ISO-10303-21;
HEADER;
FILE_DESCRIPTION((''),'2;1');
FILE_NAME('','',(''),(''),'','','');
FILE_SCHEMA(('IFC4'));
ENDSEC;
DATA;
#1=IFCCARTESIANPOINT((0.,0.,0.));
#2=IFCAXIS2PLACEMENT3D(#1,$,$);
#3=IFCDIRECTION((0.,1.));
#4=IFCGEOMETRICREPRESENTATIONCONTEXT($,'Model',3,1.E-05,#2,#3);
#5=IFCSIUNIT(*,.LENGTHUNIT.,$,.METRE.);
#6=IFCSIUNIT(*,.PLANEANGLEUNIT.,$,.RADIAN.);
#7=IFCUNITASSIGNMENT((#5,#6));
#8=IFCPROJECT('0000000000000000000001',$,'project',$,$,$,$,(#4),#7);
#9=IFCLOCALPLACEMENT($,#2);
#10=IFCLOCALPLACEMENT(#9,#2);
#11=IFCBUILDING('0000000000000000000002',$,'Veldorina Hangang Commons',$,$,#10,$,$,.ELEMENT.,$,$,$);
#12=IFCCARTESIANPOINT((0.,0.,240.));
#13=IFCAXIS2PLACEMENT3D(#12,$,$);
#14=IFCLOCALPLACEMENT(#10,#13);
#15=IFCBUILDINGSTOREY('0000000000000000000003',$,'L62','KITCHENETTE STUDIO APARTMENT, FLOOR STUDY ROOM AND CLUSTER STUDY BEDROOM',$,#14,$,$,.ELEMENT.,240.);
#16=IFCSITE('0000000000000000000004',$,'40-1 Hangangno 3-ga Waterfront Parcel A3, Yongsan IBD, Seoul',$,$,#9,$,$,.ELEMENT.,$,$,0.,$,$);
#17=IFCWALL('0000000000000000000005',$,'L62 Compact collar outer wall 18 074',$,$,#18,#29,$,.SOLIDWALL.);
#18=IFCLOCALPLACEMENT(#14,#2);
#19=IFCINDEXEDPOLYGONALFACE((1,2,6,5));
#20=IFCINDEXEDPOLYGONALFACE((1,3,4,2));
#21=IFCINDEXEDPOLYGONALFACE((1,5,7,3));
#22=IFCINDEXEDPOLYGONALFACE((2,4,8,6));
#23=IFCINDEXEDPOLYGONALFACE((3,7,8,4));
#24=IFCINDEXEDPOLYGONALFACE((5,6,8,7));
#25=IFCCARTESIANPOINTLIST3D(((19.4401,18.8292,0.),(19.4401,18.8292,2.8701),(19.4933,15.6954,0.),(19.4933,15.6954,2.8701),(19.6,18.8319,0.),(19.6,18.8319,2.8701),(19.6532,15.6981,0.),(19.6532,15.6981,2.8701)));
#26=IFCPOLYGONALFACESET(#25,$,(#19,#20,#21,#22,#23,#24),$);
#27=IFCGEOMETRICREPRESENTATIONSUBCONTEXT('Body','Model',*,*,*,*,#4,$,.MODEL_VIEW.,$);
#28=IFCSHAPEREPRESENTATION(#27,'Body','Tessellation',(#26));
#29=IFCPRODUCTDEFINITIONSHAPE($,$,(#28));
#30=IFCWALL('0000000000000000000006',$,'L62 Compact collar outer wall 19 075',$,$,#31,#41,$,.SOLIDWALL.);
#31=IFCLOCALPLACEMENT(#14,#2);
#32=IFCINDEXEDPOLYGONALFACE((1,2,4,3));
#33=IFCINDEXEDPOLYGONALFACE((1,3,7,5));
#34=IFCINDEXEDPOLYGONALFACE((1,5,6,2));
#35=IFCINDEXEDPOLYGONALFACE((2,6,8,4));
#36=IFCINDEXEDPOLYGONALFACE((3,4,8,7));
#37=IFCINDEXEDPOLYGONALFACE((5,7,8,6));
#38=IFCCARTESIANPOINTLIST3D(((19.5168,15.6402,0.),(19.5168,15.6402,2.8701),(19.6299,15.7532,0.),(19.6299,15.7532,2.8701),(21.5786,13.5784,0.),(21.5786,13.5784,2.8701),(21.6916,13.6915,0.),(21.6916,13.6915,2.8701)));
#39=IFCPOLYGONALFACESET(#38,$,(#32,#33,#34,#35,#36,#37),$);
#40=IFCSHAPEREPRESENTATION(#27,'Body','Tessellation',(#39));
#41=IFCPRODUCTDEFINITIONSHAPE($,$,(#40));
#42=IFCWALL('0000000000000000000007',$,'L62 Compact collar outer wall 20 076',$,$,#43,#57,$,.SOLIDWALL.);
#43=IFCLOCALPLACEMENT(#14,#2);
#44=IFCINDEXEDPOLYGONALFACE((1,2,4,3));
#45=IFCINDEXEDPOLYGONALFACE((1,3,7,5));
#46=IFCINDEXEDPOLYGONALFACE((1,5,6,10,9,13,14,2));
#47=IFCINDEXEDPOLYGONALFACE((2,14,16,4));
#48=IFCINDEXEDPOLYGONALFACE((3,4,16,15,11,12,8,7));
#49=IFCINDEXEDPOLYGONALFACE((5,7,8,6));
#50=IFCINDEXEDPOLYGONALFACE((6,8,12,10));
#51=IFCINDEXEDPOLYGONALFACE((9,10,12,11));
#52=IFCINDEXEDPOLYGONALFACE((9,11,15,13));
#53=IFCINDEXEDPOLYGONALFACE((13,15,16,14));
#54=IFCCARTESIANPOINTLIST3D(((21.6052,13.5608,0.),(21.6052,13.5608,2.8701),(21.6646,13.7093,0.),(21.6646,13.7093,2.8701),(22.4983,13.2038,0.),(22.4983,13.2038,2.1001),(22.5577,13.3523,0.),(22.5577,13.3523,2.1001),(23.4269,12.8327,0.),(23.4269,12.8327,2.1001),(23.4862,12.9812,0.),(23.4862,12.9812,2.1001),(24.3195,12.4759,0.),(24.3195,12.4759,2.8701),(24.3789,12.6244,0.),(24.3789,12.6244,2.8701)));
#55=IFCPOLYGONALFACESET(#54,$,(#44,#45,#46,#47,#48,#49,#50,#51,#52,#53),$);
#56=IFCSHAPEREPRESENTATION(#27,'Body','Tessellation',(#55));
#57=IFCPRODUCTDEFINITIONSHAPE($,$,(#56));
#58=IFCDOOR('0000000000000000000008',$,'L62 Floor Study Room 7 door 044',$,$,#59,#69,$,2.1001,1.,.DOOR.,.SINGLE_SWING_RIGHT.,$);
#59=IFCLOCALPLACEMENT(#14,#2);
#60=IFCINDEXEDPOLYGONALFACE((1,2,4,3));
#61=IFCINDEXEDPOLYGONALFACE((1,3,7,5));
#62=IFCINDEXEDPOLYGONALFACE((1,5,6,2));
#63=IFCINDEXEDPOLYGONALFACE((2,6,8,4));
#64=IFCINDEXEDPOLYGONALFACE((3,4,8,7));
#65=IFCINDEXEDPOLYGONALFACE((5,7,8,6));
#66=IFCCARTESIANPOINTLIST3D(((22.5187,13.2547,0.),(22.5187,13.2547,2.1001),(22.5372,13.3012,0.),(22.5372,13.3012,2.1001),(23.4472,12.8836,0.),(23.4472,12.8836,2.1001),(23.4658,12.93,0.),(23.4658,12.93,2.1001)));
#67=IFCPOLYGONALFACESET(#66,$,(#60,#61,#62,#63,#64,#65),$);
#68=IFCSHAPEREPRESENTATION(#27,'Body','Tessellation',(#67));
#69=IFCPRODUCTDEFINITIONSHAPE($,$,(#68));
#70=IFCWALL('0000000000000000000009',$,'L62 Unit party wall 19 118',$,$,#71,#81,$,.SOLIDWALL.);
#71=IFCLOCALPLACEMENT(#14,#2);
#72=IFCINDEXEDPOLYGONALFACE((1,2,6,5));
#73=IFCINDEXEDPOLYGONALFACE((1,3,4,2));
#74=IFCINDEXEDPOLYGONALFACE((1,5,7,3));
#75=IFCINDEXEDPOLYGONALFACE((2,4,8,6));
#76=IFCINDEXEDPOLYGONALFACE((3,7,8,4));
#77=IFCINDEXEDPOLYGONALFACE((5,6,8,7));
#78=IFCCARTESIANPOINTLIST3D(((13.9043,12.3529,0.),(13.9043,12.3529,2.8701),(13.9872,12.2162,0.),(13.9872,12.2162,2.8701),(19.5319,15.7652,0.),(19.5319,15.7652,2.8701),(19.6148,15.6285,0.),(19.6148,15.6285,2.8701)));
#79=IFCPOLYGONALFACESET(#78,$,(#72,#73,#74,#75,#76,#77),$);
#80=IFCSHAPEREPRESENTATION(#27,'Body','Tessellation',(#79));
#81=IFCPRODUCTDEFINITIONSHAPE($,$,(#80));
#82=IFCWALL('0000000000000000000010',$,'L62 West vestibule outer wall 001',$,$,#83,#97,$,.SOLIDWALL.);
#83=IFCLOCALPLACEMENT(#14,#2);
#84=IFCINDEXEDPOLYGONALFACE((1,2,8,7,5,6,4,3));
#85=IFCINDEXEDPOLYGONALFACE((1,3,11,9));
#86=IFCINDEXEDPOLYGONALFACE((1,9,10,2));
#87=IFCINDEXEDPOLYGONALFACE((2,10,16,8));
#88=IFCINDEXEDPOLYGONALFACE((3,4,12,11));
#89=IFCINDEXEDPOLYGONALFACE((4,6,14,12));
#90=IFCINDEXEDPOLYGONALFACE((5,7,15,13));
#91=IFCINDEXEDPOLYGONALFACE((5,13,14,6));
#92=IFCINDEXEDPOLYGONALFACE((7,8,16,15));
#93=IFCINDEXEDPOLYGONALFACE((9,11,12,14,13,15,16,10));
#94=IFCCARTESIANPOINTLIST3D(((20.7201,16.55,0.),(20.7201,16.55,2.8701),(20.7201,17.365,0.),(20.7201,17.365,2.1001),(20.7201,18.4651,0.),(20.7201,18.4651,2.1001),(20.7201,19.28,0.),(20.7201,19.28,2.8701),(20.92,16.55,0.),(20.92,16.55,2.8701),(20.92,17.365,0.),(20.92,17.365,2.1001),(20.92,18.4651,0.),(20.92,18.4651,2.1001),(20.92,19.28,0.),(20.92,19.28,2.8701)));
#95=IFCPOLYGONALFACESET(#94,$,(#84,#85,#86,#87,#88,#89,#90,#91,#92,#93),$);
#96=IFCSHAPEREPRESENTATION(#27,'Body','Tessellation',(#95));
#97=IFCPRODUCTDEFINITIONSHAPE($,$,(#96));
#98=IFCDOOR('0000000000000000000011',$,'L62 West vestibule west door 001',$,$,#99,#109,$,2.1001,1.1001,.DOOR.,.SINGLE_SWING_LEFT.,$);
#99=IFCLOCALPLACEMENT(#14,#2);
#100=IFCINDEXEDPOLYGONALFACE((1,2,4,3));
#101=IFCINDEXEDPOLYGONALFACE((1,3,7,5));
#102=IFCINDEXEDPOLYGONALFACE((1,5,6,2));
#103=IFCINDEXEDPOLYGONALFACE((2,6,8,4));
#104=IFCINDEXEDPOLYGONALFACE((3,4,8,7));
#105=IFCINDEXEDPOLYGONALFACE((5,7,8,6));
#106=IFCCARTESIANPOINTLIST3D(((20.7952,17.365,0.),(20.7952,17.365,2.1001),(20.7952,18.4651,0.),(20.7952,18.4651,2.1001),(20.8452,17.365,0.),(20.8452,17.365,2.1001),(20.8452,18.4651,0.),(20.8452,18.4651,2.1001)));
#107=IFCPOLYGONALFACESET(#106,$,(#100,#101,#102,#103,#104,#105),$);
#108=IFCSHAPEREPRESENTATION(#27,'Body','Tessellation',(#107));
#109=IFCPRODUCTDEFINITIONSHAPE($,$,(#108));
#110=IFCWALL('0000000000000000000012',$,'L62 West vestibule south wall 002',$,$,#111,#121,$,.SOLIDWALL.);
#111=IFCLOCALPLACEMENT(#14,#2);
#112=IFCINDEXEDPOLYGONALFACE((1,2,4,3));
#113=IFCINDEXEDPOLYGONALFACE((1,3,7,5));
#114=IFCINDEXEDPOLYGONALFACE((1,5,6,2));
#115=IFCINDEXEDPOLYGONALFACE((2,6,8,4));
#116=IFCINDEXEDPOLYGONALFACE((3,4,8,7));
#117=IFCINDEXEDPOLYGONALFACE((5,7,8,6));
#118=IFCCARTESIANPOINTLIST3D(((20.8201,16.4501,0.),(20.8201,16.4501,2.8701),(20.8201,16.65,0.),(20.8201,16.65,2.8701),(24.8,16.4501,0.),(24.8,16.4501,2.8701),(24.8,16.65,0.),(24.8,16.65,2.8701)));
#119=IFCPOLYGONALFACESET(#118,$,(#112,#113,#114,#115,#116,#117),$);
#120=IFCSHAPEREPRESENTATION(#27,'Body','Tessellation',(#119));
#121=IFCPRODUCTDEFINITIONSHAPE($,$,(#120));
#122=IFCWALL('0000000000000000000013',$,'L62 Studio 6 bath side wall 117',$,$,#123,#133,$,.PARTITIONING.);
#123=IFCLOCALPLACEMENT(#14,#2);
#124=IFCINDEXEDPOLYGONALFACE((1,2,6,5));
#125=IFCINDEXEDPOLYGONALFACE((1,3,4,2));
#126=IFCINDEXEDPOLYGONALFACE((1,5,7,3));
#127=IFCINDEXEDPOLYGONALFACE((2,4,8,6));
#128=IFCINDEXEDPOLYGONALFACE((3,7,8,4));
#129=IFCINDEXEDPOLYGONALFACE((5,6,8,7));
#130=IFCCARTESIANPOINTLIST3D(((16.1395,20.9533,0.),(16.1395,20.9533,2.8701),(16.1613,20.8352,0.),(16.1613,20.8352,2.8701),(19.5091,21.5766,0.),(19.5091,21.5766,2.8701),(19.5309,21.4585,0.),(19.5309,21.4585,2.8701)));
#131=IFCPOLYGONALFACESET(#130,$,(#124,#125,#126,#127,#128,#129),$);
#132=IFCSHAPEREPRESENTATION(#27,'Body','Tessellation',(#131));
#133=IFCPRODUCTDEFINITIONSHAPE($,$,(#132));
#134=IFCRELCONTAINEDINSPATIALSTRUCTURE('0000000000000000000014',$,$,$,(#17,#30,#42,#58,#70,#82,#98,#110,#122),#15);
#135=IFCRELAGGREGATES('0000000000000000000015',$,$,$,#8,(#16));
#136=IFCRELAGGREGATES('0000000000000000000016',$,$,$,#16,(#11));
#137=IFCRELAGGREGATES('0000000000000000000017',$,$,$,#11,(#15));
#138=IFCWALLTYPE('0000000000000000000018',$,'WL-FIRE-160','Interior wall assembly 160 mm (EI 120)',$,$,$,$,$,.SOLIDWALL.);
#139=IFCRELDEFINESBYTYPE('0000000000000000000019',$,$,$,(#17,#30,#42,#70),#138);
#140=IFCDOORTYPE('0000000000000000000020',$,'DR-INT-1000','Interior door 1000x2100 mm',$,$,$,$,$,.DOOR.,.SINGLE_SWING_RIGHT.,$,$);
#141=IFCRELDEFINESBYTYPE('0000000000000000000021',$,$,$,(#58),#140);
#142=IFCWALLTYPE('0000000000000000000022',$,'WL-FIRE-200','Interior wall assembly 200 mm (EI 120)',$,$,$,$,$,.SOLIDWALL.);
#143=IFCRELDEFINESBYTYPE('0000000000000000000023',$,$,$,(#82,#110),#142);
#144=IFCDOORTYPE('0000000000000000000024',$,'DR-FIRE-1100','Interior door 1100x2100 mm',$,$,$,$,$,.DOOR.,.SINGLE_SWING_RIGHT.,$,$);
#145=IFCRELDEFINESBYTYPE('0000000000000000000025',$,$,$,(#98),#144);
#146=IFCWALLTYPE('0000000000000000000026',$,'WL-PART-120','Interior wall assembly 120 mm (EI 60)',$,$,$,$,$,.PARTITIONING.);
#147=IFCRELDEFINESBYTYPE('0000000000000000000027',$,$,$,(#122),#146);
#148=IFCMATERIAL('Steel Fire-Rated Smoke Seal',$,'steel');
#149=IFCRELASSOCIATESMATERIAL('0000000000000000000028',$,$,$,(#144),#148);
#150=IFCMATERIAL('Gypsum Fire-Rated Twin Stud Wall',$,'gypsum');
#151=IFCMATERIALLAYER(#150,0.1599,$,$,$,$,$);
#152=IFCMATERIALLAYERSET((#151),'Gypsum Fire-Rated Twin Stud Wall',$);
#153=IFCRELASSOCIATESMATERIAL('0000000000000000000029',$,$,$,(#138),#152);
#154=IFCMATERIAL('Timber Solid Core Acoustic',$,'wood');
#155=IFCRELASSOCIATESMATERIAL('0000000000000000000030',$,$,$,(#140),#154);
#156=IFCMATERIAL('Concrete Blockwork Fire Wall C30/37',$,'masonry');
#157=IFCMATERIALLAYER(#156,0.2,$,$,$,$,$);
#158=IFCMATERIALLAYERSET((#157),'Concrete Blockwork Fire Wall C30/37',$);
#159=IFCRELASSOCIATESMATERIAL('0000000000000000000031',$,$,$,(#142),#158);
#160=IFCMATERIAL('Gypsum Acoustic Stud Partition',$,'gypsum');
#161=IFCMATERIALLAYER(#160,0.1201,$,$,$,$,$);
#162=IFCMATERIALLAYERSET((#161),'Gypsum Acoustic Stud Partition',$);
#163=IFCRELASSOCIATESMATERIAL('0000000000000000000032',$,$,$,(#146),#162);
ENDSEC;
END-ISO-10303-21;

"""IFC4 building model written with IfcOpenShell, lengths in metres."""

from ifc_helpers import new_model, si_unit, direction, frame, frame_2d, origin, place, context, subcontext, project, spatial, rectangle, extrude, material, layer, layer_set, type_object, element, fill, save


model = new_model("IFC4")

# Units and contexts
model_context = context("Model", 3, precision=1e-05, world=origin(), true_north=direction((0.0, 1.0)))
body_context = subcontext(model_context, "Body", "Model", "MODEL_VIEW")
ifc_project = project(units=[si_unit("LENGTHUNIT", "METRE"), si_unit("PLANEANGLEUNIT", "RADIAN")], contexts=[model_context])

# Site, building, storey
site_placement = place(None, origin())
site = spatial("IfcSite", under=ifc_project, at=site_placement, Name="40-1 Hangangno 3-ga Waterfront Parcel A3, Yongsan IBD, Seoul", CompositionType="ELEMENT", RefElevation=0.0)
building_placement = place(site_placement, origin())
building = spatial("IfcBuilding", under=site, at=building_placement, Name="Veldorina Hangang Commons", CompositionType="ELEMENT")
storey_placement = place(building_placement, frame((0.0, 0.0, 240.0)))
storey = spatial("IfcBuildingStorey", under=building, at=storey_placement, Name="L62", Description="KITCHENETTE STUDIO APARTMENT, FLOOR STUDY ROOM AND CLUSTER STUDY BEDROOM", CompositionType="ELEMENT", Elevation=240.0)

# Shared definitions
ifc_material_1 = material(Name="Steel Fire-Rated Smoke Seal", Category="steel")
door_type_1 = type_object("IfcDoorType", Name="DR-FIRE-1100", Description="Interior door 1100x2100 mm", OperationType="SINGLE_SWING_RIGHT", PredefinedType="DOOR", material=ifc_material_1)
ifc_material_2 = material(Name="Gypsum Fire-Rated Twin Stud Wall", Category="gypsum")
ifc_layer_1 = layer(ifc_material_2, 0.1599)
ifc_layer_set_1 = layer_set([ifc_layer_1], Name="Gypsum Fire-Rated Twin Stud Wall")
wall_type_1 = type_object("IfcWallType", Name="WL-FIRE-160", Description="Interior wall assembly 160 mm (EI 120)", PredefinedType="SOLIDWALL", material=ifc_layer_set_1)

# Walls
wall_1_placement = place(storey_placement, frame((19.52, 18.8306, 0.0), z_axis=(0.0, 0.0, 1.0), x_axis=(0.016981, -0.999856, 0.0)))
element("IfcWall", 1, at=wall_1_placement, inside=storey, type_object=wall_type_1, Name="L62 Compact collar outer wall 18 074", PredefinedType="SOLIDWALL", context=body_context, shape_type="SweptSolid", body=[
    extrude(rectangle(XDim=3.1343, YDim=0.1599, at=frame_2d((1.5671, 0.0))), origin(), (0.0, 0.0, 1.0), 2.8701),
])
wall_2_placement = place(storey_placement, frame((19.5732, 15.6968, 0.0), z_axis=(0.0, 0.0, 1.0), x_axis=(0.707107, -0.707107, 0.0)))
element("IfcWall", 2, at=wall_2_placement, inside=storey, type_object=wall_type_1, Name="L62 Compact collar outer wall 19 075", PredefinedType="SOLIDWALL", context=body_context, shape_type="SweptSolid", body=[
    extrude(rectangle(XDim=2.9158, YDim=0.1599, at=frame_2d((1.458, 0.0))), origin(), (0.0, 0.0, 1.0), 2.8701),
])

# Wall, opening, door
wall_3_placement = place(storey_placement, frame((21.635, 13.635, 0.0), z_axis=(0.0, 0.0, 1.0), x_axis=(0.928569, -0.37116, 0.0)))
wall_3 = element("IfcWall", 3, at=wall_3_placement, inside=storey, type_object=wall_type_1, Name="L62 Compact collar outer wall 20 076", PredefinedType="SOLIDWALL", context=body_context, shape_type="SweptSolid", body=[
    extrude(rectangle(XDim=2.9231, YDim=0.1599, at=frame_2d((1.4614, 0.0))), origin(), (0.0, 0.0, 1.0), 2.8701),
])
opening_1_placement = place(wall_3_placement, frame((0.9617, 0.0, 0.0)))
opening_1 = element("IfcOpeningElement", 4, at=opening_1_placement, cuts=wall_3, PredefinedType="OPENING", context=body_context, shape_type="SweptSolid", body=[
    extrude(rectangle(XDim=1.0, YDim=2.1001, at=frame_2d((0.5, 1.05))), frame((0.0, 0.0898, 0.0), z_axis=(0.0, -1.0, 0.0), x_axis=(1.0, 0.0, 0.0)), (0.0, 0.0, 1.0), 0.1799),
])
ifc_material_3 = material(Name="Timber Solid Core Acoustic", Category="wood")
door_type_2 = type_object("IfcDoorType", Name="DR-INT-1000", Description="Interior door 1000x2100 mm", OperationType="SINGLE_SWING_RIGHT", PredefinedType="DOOR", material=ifc_material_3)
door_1_placement = place(opening_1_placement, origin())
door_1 = element("IfcDoor", 5, at=door_1_placement, inside=storey, type_object=door_type_2, Name="L62 Floor Study Room 7 door 044", OperationType="SINGLE_SWING_RIGHT", OverallHeight=2.1001, OverallWidth=1.0, PredefinedType="DOOR", context=body_context, shape_type="SweptSolid", body=[
    extrude(rectangle(XDim=1.0, YDim=2.1001, at=frame_2d((0.5, 1.05))), frame((0.0, 0.0249, 0.0), z_axis=(0.0, -1.0, 0.0), x_axis=(1.0, 0.0, 0.0)), (0.0, 0.0, 1.0), 0.05),
])
fill(opening_1, door_1)

# Wall
wall_4_placement = place(storey_placement, frame((19.5732, 15.6968, 0.0), z_axis=(0.0, 0.0, 1.0), x_axis=(-0.855088, -0.518483, 0.0)))
element("IfcWall", 6, at=wall_4_placement, inside=storey, type_object=wall_type_1, Name="L62 Unit party wall 19 118", PredefinedType="SOLIDWALL", context=body_context, shape_type="SweptSolid", body=[
    extrude(rectangle(XDim=6.5813, YDim=0.1599, at=frame_2d((3.2905, 0.0))), origin(), (0.0, 0.0, 1.0), 2.8701),
])

# Wall, opening, door
ifc_material_4 = material(Name="Concrete Blockwork Fire Wall C30/37", Category="masonry")
ifc_layer_2 = layer(ifc_material_4, 0.2)
ifc_layer_set_2 = layer_set([ifc_layer_2], Name="Concrete Blockwork Fire Wall C30/37")
wall_type_2 = type_object("IfcWallType", Name="WL-FIRE-200", Description="Interior wall assembly 200 mm (EI 120)", PredefinedType="SOLIDWALL", material=ifc_layer_set_2)
wall_5_placement = place(storey_placement, frame((20.8201, 16.55, 0.0), z_axis=(0.0, 0.0, 1.0), x_axis=(0.0, 1.0, 0.0)))
wall_5 = element("IfcWall", 7, at=wall_5_placement, inside=storey, type_object=wall_type_2, Name="L62 West vestibule outer wall 001", PredefinedType="SOLIDWALL", context=body_context, shape_type="SweptSolid", body=[
    extrude(rectangle(XDim=2.73, YDim=0.2, at=frame_2d((1.365, 0.0))), origin(), (0.0, 0.0, 1.0), 2.8701),
])
opening_2_placement = place(wall_5_placement, frame((0.8149, 0.0, 0.0)))
opening_2 = element("IfcOpeningElement", 8, at=opening_2_placement, cuts=wall_5, PredefinedType="OPENING", context=body_context, shape_type="SweptSolid", body=[
    extrude(rectangle(XDim=1.1001, YDim=2.1001, at=frame_2d((0.55, 1.05))), frame((0.0, 0.1099, 0.0), z_axis=(0.0, -1.0, 0.0), x_axis=(1.0, 0.0, 0.0)), (0.0, 0.0, 1.0), 0.22),
])
door_2_placement = place(opening_2_placement, origin())
door_2 = element("IfcDoor", 9, at=door_2_placement, inside=storey, type_object=door_type_1, Name="L62 West vestibule west door 001", OperationType="SINGLE_SWING_LEFT", OverallHeight=2.1001, OverallWidth=1.1001, PredefinedType="DOOR", context=body_context, shape_type="SweptSolid", body=[
    extrude(rectangle(XDim=1.1001, YDim=2.1001, at=frame_2d((0.55, 1.05))), frame((0.0, 0.0249, 0.0), z_axis=(0.0, -1.0, 0.0), x_axis=(1.0, 0.0, 0.0)), (0.0, 0.0, 1.0), 0.05),
])
fill(opening_2, door_2)

# Walls
wall_6_placement = place(storey_placement, frame((20.8201, 16.55, 0.0), z_axis=(0.0, 0.0, 1.0), x_axis=(1.0, 0.0, 0.0)))
element("IfcWall", 10, at=wall_6_placement, inside=storey, type_object=wall_type_2, Name="L62 West vestibule south wall 002", PredefinedType="SOLIDWALL", context=body_context, shape_type="SweptSolid", body=[
    extrude(rectangle(XDim=3.98, YDim=0.2, at=frame_2d((1.99, 0.0))), origin(), (0.0, 0.0, 1.0), 2.8701),
])
ifc_material_5 = material(Name="Gypsum Acoustic Stud Partition", Category="gypsum")
ifc_layer_3 = layer(ifc_material_5, 0.1201)
ifc_layer_set_3 = layer_set([ifc_layer_3], Name="Gypsum Acoustic Stud Partition")
wall_type_3 = type_object("IfcWallType", Name="WL-PART-120", Description="Interior wall assembly 120 mm (EI 60)", PredefinedType="PARTITIONING", material=ifc_layer_set_3)
wall_7_placement = place(storey_placement, frame((19.52, 21.5176, 0.0), z_axis=(0.0, 0.0, 1.0), x_axis=(-0.983319, -0.181888, 0.0)))
element("IfcWall", 11, at=wall_7_placement, inside=storey, type_object=wall_type_3, Name="L62 Studio 6 bath side wall 117", PredefinedType="PARTITIONING", context=body_context, shape_type="SweptSolid", body=[
    extrude(rectangle(XDim=3.4268, YDim=0.1201, at=frame_2d((1.7134, 0.0))), origin(), (0.0, 0.0, 1.0), 2.8701),
])

save(model, "model.ifc")
